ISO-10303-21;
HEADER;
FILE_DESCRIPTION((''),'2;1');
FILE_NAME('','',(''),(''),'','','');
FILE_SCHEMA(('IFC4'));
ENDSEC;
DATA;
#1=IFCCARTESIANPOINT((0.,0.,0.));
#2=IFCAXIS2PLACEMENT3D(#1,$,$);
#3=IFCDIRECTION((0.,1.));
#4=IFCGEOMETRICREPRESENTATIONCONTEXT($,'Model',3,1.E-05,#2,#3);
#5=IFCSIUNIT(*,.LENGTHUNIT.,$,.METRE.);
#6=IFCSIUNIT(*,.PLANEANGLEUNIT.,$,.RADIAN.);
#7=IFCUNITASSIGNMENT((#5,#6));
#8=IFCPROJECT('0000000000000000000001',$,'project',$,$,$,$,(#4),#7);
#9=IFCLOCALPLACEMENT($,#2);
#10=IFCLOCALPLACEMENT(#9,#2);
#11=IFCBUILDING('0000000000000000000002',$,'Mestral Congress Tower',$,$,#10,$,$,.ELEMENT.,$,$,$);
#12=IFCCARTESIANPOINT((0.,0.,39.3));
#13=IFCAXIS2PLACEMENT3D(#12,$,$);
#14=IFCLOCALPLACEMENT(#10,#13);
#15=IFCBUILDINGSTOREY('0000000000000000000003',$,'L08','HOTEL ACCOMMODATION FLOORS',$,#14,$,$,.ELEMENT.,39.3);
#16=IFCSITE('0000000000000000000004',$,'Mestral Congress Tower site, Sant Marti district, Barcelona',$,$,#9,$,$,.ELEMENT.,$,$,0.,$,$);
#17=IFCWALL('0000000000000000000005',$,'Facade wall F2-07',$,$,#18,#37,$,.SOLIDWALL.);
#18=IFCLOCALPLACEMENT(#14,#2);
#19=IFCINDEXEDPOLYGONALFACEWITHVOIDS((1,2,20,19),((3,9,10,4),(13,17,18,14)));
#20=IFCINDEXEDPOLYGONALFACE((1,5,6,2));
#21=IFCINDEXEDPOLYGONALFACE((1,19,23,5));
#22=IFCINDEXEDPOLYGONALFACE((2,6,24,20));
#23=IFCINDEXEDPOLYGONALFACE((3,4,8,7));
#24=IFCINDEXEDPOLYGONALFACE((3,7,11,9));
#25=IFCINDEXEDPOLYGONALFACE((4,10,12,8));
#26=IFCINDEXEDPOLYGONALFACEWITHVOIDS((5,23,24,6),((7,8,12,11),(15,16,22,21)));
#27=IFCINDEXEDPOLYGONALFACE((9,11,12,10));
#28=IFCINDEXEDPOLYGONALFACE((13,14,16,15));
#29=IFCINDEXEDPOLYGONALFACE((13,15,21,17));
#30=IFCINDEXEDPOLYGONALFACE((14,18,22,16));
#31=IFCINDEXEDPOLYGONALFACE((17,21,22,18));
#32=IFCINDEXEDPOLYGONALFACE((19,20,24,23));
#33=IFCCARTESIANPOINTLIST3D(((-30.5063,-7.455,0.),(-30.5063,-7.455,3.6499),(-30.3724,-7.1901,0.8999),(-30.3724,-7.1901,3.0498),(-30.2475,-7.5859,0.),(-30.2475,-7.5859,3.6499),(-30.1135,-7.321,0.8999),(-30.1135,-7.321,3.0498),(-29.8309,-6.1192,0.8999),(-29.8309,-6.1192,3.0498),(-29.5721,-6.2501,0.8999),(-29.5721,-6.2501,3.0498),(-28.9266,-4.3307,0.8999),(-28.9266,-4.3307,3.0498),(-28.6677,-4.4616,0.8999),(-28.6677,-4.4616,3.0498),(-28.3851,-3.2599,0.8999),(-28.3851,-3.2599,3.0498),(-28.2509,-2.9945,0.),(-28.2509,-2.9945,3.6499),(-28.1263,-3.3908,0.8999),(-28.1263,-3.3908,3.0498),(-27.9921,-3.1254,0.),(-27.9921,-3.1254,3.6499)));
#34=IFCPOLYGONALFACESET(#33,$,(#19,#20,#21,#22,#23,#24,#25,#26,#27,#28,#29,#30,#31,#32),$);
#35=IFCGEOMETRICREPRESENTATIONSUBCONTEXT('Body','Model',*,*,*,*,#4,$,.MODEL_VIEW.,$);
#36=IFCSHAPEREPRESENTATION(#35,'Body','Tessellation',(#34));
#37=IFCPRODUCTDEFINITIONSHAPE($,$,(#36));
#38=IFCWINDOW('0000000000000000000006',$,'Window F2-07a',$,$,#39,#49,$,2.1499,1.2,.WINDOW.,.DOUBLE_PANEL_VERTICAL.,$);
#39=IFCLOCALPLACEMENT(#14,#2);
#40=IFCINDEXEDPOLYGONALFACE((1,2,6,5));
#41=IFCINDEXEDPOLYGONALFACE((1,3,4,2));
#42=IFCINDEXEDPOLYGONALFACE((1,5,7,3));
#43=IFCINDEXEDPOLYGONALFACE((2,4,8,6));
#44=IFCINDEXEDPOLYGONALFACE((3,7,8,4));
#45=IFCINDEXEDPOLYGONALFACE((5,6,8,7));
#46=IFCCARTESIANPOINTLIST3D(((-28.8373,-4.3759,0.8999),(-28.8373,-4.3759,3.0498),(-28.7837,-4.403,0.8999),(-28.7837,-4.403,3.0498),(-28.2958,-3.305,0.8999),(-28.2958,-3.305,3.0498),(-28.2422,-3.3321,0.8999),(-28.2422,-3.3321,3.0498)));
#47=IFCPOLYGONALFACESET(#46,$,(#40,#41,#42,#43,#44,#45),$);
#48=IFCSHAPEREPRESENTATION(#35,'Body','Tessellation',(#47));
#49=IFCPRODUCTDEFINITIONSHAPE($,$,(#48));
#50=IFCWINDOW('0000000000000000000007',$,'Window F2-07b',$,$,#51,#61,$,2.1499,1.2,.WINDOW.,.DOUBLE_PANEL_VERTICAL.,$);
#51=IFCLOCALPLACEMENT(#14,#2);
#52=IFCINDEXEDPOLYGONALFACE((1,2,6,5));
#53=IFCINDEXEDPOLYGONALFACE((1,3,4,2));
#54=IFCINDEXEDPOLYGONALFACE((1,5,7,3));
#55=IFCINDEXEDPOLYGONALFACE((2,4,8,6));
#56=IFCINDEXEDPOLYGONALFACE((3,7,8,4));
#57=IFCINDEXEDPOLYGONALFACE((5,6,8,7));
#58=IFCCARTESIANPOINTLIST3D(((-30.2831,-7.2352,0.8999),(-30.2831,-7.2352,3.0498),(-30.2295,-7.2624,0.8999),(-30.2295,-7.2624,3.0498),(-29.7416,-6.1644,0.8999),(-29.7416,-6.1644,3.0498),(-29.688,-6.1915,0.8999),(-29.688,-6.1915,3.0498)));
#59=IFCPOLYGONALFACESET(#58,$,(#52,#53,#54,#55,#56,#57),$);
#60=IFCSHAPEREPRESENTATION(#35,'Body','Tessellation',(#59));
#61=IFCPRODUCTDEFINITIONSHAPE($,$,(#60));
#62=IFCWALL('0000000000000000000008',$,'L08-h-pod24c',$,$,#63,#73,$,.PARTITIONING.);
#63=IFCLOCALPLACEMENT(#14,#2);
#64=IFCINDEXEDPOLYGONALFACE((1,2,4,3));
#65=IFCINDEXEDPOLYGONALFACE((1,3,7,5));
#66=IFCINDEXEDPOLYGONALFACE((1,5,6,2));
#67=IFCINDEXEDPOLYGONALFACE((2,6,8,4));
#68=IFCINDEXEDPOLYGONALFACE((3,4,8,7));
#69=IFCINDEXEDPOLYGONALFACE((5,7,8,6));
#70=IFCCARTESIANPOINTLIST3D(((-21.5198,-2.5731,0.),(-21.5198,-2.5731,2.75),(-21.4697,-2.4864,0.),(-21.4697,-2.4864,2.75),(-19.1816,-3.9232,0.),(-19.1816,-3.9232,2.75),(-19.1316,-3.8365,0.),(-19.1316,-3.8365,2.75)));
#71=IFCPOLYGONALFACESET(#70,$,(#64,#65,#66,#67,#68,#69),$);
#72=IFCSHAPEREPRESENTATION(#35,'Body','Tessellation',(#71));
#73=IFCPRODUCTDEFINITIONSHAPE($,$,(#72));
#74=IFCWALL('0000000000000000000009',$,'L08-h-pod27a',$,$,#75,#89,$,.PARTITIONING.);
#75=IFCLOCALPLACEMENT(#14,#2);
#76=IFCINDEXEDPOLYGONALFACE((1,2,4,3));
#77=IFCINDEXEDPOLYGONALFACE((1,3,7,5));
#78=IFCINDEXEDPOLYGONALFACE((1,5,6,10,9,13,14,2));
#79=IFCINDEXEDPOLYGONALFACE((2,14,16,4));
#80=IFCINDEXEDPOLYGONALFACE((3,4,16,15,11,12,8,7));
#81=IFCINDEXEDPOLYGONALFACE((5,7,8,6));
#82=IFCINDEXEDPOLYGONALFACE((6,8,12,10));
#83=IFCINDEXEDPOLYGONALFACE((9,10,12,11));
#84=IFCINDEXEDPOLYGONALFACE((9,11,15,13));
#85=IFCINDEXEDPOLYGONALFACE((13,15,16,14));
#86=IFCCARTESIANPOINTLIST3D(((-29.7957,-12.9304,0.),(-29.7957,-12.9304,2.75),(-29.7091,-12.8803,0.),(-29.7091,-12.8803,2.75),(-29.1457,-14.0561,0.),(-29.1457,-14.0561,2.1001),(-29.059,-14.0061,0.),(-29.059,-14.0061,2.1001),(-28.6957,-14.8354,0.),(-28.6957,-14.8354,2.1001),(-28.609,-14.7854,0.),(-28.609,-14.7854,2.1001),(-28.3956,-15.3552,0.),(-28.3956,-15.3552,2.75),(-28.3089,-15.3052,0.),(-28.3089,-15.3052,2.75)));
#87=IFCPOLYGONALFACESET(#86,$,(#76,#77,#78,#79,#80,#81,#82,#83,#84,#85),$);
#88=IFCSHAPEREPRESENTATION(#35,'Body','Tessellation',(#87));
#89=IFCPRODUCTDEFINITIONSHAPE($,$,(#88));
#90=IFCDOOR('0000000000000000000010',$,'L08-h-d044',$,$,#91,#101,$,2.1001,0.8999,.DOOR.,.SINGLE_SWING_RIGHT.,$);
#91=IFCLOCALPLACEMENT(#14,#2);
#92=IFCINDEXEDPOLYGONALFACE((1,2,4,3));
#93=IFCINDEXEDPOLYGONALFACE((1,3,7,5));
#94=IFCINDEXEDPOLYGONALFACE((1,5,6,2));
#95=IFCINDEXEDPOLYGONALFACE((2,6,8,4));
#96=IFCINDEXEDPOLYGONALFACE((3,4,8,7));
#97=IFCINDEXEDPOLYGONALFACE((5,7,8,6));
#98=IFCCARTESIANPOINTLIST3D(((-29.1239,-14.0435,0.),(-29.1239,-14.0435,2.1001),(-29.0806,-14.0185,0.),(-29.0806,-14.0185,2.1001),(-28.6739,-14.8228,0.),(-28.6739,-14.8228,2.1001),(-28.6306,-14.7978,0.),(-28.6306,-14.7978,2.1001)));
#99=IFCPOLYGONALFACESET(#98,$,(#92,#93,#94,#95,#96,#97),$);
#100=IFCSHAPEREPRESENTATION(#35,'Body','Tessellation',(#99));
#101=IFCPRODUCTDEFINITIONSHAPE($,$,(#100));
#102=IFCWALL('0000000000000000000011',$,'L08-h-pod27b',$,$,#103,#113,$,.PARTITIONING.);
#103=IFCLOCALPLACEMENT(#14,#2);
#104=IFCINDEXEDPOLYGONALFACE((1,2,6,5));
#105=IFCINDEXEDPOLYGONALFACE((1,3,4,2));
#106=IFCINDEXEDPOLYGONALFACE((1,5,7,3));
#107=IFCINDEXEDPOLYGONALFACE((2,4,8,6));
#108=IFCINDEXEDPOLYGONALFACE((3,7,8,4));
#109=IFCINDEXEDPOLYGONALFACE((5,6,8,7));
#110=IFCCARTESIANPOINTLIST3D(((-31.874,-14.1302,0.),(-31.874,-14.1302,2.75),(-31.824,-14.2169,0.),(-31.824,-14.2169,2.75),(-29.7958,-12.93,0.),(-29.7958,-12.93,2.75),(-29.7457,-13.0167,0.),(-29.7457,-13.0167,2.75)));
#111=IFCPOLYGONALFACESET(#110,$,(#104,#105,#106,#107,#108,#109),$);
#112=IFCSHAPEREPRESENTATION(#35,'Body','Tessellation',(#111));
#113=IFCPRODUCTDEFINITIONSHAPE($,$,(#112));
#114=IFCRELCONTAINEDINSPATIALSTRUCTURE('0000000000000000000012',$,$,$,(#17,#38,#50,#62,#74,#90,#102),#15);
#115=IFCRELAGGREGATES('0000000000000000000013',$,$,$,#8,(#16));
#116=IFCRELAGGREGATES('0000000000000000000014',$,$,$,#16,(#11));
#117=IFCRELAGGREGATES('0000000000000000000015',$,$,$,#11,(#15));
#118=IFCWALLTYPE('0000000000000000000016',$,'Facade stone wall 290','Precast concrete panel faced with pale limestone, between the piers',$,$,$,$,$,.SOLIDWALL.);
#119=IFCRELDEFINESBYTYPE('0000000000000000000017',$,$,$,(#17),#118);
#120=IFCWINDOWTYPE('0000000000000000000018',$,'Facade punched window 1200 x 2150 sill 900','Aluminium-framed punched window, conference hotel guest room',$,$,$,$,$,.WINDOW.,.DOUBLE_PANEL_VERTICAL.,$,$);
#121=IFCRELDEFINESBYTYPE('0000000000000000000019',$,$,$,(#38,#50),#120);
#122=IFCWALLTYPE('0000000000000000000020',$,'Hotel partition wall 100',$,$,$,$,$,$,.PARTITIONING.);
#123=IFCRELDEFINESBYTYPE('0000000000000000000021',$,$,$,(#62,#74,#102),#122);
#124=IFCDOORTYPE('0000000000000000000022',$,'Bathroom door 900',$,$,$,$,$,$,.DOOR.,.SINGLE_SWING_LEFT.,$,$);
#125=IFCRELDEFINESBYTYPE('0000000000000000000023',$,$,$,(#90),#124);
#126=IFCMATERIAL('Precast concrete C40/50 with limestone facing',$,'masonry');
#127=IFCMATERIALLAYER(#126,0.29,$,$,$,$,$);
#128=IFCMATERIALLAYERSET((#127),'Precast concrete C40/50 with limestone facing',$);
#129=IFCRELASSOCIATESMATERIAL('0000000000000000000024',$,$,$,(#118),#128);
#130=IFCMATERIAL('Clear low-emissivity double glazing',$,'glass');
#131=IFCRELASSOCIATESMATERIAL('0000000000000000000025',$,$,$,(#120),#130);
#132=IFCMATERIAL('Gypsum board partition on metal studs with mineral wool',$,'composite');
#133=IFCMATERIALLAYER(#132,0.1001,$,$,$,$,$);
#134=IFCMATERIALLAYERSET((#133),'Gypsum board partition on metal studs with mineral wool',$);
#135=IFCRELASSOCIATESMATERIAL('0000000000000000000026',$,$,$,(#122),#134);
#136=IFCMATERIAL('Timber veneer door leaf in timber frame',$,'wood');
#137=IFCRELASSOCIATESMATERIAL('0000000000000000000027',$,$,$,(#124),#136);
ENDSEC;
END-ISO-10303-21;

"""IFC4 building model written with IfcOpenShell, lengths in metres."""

from ifc_helpers import new_model, si_unit, direction, frame, frame_2d, origin, place, context, subcontext, project, spatial, rectangle, extrude, material, layer, layer_set, type_object, element, fill, save


model = new_model("IFC4")

# Units and contexts
model_context = context("Model", 3, precision=1e-05, world=origin(), true_north=direction((0.0, 1.0)))
body_context = subcontext(model_context, "Body", "Model", "MODEL_VIEW")
ifc_project = project(units=[si_unit("LENGTHUNIT", "METRE"), si_unit("PLANEANGLEUNIT", "RADIAN")], contexts=[model_context])

# Site, building, storey
site_placement = place(None, origin())
site = spatial("IfcSite", under=ifc_project, at=site_placement, Name="Mestral Congress Tower site, Sant Marti district, Barcelona", CompositionType="ELEMENT", RefElevation=0.0)
building_placement = place(site_placement, origin())
building = spatial("IfcBuilding", under=site, at=building_placement, Name="Mestral Congress Tower", CompositionType="ELEMENT")
storey_placement = place(building_placement, frame((0.0, 0.0, 39.3)))
storey = spatial("IfcBuildingStorey", under=building, at=storey_placement, Name="L08", Description="HOTEL ACCOMMODATION FLOORS", CompositionType="ELEMENT", Elevation=39.3)

# Wall, openings, windows
ifc_material_1 = material(Name="Precast concrete C40/50 with limestone facing", Category="masonry")
ifc_layer_1 = layer(ifc_material_1, 0.29)
ifc_layer_set_1 = layer_set([ifc_layer_1], Name="Precast concrete C40/50 with limestone facing")
wall_type_1 = type_object("IfcWallType", Name="Facade stone wall 290", Description="Precast concrete panel faced with pale limestone, between the piers", PredefinedType="SOLIDWALL", material=ifc_layer_set_1)
wall_1_placement = place(storey_placement, frame((-28.1216, -3.0601, 0.0), z_axis=(0.0, 0.0, 1.0), x_axis=(-0.451234, -0.892406, 0.0)))
wall_1 = element("IfcWall", 1, at=wall_1_placement, inside=storey, type_object=wall_type_1, Name="Facade wall F2-07", PredefinedType="SOLIDWALL", context=body_context, shape_type="SweptSolid", body=[
    extrude(rectangle(XDim=4.9983, YDim=0.29, at=frame_2d((2.499, 0.0))), origin(), (0.0, 0.0, 1.0), 3.6499),
])
opening_1_placement = place(wall_1_placement, frame((0.2971, 0.0, 0.8999)))
opening_1 = element("IfcOpeningElement", 2, at=opening_1_placement, cuts=wall_1, PredefinedType="OPENING", context=body_context, shape_type="SweptSolid", body=[
    extrude(rectangle(XDim=1.2, YDim=2.1499, at=frame_2d((0.6001, 1.075))), frame((0.0, 0.155, 0.0), z_axis=(0.0, -1.0, 0.0), x_axis=(1.0, 0.0, 0.0)), (0.0, 0.0, 1.0), 0.3101),
])
opening_2_placement = place(wall_1_placement, frame((3.5012, 0.0, 0.8999)))
opening_2 = element("IfcOpeningElement", 3, at=opening_2_placement, cuts=wall_1, PredefinedType="OPENING", context=body_context, shape_type="SweptSolid", body=[
    extrude(rectangle(XDim=1.2, YDim=2.1499, at=frame_2d((0.6001, 1.075))), frame((0.0, 0.155, 0.0), z_axis=(0.0, -1.0, 0.0), x_axis=(1.0, 0.0, 0.0)), (0.0, 0.0, 1.0), 0.3101),
])
ifc_material_2 = material(Name="Clear low-emissivity double glazing", Category="glass")
window_type = type_object("IfcWindowType", Name="Facade punched window 1200 x 2150 sill 900", Description="Aluminium-framed punched window, conference hotel guest room", PartitioningType="DOUBLE_PANEL_VERTICAL", PredefinedType="WINDOW", material=ifc_material_2)
window_1_placement = place(opening_1_placement, origin())
window_1 = element("IfcWindow", 4, at=window_1_placement, inside=storey, type_object=window_type, Name="Window F2-07a", OverallHeight=2.1499, OverallWidth=1.2, PartitioningType="DOUBLE_PANEL_VERTICAL", PredefinedType="WINDOW", context=body_context, shape_type="SweptSolid", body=[
    extrude(rectangle(XDim=1.2, YDim=2.1499, at=frame_2d((0.6001, 1.075))), frame((0.0, 0.0151, 0.0), z_axis=(0.0, -1.0, 0.0), x_axis=(1.0, 0.0, 0.0)), (0.0, 0.0, 1.0), 0.0601),
])
fill(opening_1, window_1)
window_2_placement = place(opening_2_placement, origin())
window_2 = element("IfcWindow", 5, at=window_2_placement, inside=storey, type_object=window_type, Name="Window F2-07b", OverallHeight=2.1499, OverallWidth=1.2, PartitioningType="DOUBLE_PANEL_VERTICAL", PredefinedType="WINDOW", context=body_context, shape_type="SweptSolid", body=[
    extrude(rectangle(XDim=1.2, YDim=2.1499, at=frame_2d((0.6001, 1.075))), frame((0.0, 0.0151, 0.0), z_axis=(0.0, -1.0, 0.0), x_axis=(1.0, 0.0, 0.0)), (0.0, 0.0, 1.0), 0.0601),
])
fill(opening_2, window_2)

# Wall
ifc_material_3 = material(Name="Gypsum board partition on metal studs with mineral wool", Category="composite")
ifc_layer_2 = layer(ifc_material_3, 0.1001)
ifc_layer_set_2 = layer_set([ifc_layer_2], Name="Gypsum board partition on metal studs with mineral wool")
wall_type_2 = type_object("IfcWallType", Name="Hotel partition wall 100", PredefinedType="PARTITIONING", material=ifc_layer_set_2)
wall_2_placement = place(storey_placement, frame((-19.1565, -3.8799, 0.0), z_axis=(0.0, 0.0, 1.0), x_axis=(-0.865997, 0.500049, 0.0)))
element("IfcWall", 6, at=wall_2_placement, inside=storey, type_object=wall_type_2, Name="L08-h-pod24c", PredefinedType="PARTITIONING", context=body_context, shape_type="SweptSolid", body=[
    extrude(rectangle(XDim=2.7, YDim=0.1001, at=frame_2d((1.3501, 0.0))), origin(), (0.0, 0.0, 1.0), 2.75),
])

# Wall, opening, door
wall_3_placement = place(storey_placement, frame((-28.3523, -15.3301, 0.0), z_axis=(0.0, 0.0, 1.0), x_axis=(-0.50005, 0.865997, 0.0)))
wall_3 = element("IfcWall", 7, at=wall_3_placement, inside=storey, type_object=wall_type_2, Name="L08-h-pod27a", PredefinedType="PARTITIONING", context=body_context, shape_type="SweptSolid", body=[
    extrude(rectangle(XDim=2.8, YDim=0.1001, at=frame_2d((1.3999, 0.0))), origin(), (0.0, 0.0, 1.0), 2.75),
])
opening_3_placement = place(wall_3_placement, frame((0.6001, 0.0, 0.0)))
opening_3 = element("IfcOpeningElement", 8, at=opening_3_placement, cuts=wall_3, PredefinedType="OPENING", context=body_context, shape_type="SweptSolid", body=[
    extrude(rectangle(XDim=0.8999, YDim=2.1001, at=frame_2d((0.45, 1.05))), frame((0.0, 0.0601, 0.0), z_axis=(0.0, -1.0, 0.0), x_axis=(1.0, 0.0, 0.0)), (0.0, 0.0, 1.0), 0.1201),
])
ifc_material_4 = material(Name="Timber veneer door leaf in timber frame", Category="wood")
door_type_1 = type_object("IfcDoorType", Name="Bathroom door 900", OperationType="SINGLE_SWING_LEFT", PredefinedType="DOOR", material=ifc_material_4)
door_1_placement = place(opening_3_placement, origin())
door_1 = element("IfcDoor", 9, at=door_1_placement, inside=storey, type_object=door_type_1, Name="L08-h-d044", OperationType="SINGLE_SWING_RIGHT", OverallHeight=2.1001, OverallWidth=0.8999, PredefinedType="DOOR", context=body_context, shape_type="SweptSolid", body=[
    extrude(rectangle(XDim=0.8999, YDim=2.1001, at=frame_2d((0.45, 1.05))), frame((0.0, 0.0249, 0.0), z_axis=(0.0, -1.0, 0.0), x_axis=(1.0, 0.0, 0.0)), (0.0, 0.0, 1.0), 0.05),
])
fill(opening_3, door_1)

# Wall
wall_4_placement = place(storey_placement, frame((-29.7708, -12.9734, 0.0), z_axis=(0.0, 0.0, 1.0), x_axis=(-0.865981, -0.500078, 0.0)))
element("IfcWall", 10, at=wall_4_placement, inside=storey, type_object=wall_type_2, Name="L08-h-pod27b", PredefinedType="PARTITIONING", context=body_context, shape_type="SweptSolid", body=[
    extrude(rectangle(XDim=2.3999, YDim=0.1001, at=frame_2d((1.2, 0.0))), origin(), (0.0, 0.0, 1.0), 2.75),
])

save(model, "model.ifc")
